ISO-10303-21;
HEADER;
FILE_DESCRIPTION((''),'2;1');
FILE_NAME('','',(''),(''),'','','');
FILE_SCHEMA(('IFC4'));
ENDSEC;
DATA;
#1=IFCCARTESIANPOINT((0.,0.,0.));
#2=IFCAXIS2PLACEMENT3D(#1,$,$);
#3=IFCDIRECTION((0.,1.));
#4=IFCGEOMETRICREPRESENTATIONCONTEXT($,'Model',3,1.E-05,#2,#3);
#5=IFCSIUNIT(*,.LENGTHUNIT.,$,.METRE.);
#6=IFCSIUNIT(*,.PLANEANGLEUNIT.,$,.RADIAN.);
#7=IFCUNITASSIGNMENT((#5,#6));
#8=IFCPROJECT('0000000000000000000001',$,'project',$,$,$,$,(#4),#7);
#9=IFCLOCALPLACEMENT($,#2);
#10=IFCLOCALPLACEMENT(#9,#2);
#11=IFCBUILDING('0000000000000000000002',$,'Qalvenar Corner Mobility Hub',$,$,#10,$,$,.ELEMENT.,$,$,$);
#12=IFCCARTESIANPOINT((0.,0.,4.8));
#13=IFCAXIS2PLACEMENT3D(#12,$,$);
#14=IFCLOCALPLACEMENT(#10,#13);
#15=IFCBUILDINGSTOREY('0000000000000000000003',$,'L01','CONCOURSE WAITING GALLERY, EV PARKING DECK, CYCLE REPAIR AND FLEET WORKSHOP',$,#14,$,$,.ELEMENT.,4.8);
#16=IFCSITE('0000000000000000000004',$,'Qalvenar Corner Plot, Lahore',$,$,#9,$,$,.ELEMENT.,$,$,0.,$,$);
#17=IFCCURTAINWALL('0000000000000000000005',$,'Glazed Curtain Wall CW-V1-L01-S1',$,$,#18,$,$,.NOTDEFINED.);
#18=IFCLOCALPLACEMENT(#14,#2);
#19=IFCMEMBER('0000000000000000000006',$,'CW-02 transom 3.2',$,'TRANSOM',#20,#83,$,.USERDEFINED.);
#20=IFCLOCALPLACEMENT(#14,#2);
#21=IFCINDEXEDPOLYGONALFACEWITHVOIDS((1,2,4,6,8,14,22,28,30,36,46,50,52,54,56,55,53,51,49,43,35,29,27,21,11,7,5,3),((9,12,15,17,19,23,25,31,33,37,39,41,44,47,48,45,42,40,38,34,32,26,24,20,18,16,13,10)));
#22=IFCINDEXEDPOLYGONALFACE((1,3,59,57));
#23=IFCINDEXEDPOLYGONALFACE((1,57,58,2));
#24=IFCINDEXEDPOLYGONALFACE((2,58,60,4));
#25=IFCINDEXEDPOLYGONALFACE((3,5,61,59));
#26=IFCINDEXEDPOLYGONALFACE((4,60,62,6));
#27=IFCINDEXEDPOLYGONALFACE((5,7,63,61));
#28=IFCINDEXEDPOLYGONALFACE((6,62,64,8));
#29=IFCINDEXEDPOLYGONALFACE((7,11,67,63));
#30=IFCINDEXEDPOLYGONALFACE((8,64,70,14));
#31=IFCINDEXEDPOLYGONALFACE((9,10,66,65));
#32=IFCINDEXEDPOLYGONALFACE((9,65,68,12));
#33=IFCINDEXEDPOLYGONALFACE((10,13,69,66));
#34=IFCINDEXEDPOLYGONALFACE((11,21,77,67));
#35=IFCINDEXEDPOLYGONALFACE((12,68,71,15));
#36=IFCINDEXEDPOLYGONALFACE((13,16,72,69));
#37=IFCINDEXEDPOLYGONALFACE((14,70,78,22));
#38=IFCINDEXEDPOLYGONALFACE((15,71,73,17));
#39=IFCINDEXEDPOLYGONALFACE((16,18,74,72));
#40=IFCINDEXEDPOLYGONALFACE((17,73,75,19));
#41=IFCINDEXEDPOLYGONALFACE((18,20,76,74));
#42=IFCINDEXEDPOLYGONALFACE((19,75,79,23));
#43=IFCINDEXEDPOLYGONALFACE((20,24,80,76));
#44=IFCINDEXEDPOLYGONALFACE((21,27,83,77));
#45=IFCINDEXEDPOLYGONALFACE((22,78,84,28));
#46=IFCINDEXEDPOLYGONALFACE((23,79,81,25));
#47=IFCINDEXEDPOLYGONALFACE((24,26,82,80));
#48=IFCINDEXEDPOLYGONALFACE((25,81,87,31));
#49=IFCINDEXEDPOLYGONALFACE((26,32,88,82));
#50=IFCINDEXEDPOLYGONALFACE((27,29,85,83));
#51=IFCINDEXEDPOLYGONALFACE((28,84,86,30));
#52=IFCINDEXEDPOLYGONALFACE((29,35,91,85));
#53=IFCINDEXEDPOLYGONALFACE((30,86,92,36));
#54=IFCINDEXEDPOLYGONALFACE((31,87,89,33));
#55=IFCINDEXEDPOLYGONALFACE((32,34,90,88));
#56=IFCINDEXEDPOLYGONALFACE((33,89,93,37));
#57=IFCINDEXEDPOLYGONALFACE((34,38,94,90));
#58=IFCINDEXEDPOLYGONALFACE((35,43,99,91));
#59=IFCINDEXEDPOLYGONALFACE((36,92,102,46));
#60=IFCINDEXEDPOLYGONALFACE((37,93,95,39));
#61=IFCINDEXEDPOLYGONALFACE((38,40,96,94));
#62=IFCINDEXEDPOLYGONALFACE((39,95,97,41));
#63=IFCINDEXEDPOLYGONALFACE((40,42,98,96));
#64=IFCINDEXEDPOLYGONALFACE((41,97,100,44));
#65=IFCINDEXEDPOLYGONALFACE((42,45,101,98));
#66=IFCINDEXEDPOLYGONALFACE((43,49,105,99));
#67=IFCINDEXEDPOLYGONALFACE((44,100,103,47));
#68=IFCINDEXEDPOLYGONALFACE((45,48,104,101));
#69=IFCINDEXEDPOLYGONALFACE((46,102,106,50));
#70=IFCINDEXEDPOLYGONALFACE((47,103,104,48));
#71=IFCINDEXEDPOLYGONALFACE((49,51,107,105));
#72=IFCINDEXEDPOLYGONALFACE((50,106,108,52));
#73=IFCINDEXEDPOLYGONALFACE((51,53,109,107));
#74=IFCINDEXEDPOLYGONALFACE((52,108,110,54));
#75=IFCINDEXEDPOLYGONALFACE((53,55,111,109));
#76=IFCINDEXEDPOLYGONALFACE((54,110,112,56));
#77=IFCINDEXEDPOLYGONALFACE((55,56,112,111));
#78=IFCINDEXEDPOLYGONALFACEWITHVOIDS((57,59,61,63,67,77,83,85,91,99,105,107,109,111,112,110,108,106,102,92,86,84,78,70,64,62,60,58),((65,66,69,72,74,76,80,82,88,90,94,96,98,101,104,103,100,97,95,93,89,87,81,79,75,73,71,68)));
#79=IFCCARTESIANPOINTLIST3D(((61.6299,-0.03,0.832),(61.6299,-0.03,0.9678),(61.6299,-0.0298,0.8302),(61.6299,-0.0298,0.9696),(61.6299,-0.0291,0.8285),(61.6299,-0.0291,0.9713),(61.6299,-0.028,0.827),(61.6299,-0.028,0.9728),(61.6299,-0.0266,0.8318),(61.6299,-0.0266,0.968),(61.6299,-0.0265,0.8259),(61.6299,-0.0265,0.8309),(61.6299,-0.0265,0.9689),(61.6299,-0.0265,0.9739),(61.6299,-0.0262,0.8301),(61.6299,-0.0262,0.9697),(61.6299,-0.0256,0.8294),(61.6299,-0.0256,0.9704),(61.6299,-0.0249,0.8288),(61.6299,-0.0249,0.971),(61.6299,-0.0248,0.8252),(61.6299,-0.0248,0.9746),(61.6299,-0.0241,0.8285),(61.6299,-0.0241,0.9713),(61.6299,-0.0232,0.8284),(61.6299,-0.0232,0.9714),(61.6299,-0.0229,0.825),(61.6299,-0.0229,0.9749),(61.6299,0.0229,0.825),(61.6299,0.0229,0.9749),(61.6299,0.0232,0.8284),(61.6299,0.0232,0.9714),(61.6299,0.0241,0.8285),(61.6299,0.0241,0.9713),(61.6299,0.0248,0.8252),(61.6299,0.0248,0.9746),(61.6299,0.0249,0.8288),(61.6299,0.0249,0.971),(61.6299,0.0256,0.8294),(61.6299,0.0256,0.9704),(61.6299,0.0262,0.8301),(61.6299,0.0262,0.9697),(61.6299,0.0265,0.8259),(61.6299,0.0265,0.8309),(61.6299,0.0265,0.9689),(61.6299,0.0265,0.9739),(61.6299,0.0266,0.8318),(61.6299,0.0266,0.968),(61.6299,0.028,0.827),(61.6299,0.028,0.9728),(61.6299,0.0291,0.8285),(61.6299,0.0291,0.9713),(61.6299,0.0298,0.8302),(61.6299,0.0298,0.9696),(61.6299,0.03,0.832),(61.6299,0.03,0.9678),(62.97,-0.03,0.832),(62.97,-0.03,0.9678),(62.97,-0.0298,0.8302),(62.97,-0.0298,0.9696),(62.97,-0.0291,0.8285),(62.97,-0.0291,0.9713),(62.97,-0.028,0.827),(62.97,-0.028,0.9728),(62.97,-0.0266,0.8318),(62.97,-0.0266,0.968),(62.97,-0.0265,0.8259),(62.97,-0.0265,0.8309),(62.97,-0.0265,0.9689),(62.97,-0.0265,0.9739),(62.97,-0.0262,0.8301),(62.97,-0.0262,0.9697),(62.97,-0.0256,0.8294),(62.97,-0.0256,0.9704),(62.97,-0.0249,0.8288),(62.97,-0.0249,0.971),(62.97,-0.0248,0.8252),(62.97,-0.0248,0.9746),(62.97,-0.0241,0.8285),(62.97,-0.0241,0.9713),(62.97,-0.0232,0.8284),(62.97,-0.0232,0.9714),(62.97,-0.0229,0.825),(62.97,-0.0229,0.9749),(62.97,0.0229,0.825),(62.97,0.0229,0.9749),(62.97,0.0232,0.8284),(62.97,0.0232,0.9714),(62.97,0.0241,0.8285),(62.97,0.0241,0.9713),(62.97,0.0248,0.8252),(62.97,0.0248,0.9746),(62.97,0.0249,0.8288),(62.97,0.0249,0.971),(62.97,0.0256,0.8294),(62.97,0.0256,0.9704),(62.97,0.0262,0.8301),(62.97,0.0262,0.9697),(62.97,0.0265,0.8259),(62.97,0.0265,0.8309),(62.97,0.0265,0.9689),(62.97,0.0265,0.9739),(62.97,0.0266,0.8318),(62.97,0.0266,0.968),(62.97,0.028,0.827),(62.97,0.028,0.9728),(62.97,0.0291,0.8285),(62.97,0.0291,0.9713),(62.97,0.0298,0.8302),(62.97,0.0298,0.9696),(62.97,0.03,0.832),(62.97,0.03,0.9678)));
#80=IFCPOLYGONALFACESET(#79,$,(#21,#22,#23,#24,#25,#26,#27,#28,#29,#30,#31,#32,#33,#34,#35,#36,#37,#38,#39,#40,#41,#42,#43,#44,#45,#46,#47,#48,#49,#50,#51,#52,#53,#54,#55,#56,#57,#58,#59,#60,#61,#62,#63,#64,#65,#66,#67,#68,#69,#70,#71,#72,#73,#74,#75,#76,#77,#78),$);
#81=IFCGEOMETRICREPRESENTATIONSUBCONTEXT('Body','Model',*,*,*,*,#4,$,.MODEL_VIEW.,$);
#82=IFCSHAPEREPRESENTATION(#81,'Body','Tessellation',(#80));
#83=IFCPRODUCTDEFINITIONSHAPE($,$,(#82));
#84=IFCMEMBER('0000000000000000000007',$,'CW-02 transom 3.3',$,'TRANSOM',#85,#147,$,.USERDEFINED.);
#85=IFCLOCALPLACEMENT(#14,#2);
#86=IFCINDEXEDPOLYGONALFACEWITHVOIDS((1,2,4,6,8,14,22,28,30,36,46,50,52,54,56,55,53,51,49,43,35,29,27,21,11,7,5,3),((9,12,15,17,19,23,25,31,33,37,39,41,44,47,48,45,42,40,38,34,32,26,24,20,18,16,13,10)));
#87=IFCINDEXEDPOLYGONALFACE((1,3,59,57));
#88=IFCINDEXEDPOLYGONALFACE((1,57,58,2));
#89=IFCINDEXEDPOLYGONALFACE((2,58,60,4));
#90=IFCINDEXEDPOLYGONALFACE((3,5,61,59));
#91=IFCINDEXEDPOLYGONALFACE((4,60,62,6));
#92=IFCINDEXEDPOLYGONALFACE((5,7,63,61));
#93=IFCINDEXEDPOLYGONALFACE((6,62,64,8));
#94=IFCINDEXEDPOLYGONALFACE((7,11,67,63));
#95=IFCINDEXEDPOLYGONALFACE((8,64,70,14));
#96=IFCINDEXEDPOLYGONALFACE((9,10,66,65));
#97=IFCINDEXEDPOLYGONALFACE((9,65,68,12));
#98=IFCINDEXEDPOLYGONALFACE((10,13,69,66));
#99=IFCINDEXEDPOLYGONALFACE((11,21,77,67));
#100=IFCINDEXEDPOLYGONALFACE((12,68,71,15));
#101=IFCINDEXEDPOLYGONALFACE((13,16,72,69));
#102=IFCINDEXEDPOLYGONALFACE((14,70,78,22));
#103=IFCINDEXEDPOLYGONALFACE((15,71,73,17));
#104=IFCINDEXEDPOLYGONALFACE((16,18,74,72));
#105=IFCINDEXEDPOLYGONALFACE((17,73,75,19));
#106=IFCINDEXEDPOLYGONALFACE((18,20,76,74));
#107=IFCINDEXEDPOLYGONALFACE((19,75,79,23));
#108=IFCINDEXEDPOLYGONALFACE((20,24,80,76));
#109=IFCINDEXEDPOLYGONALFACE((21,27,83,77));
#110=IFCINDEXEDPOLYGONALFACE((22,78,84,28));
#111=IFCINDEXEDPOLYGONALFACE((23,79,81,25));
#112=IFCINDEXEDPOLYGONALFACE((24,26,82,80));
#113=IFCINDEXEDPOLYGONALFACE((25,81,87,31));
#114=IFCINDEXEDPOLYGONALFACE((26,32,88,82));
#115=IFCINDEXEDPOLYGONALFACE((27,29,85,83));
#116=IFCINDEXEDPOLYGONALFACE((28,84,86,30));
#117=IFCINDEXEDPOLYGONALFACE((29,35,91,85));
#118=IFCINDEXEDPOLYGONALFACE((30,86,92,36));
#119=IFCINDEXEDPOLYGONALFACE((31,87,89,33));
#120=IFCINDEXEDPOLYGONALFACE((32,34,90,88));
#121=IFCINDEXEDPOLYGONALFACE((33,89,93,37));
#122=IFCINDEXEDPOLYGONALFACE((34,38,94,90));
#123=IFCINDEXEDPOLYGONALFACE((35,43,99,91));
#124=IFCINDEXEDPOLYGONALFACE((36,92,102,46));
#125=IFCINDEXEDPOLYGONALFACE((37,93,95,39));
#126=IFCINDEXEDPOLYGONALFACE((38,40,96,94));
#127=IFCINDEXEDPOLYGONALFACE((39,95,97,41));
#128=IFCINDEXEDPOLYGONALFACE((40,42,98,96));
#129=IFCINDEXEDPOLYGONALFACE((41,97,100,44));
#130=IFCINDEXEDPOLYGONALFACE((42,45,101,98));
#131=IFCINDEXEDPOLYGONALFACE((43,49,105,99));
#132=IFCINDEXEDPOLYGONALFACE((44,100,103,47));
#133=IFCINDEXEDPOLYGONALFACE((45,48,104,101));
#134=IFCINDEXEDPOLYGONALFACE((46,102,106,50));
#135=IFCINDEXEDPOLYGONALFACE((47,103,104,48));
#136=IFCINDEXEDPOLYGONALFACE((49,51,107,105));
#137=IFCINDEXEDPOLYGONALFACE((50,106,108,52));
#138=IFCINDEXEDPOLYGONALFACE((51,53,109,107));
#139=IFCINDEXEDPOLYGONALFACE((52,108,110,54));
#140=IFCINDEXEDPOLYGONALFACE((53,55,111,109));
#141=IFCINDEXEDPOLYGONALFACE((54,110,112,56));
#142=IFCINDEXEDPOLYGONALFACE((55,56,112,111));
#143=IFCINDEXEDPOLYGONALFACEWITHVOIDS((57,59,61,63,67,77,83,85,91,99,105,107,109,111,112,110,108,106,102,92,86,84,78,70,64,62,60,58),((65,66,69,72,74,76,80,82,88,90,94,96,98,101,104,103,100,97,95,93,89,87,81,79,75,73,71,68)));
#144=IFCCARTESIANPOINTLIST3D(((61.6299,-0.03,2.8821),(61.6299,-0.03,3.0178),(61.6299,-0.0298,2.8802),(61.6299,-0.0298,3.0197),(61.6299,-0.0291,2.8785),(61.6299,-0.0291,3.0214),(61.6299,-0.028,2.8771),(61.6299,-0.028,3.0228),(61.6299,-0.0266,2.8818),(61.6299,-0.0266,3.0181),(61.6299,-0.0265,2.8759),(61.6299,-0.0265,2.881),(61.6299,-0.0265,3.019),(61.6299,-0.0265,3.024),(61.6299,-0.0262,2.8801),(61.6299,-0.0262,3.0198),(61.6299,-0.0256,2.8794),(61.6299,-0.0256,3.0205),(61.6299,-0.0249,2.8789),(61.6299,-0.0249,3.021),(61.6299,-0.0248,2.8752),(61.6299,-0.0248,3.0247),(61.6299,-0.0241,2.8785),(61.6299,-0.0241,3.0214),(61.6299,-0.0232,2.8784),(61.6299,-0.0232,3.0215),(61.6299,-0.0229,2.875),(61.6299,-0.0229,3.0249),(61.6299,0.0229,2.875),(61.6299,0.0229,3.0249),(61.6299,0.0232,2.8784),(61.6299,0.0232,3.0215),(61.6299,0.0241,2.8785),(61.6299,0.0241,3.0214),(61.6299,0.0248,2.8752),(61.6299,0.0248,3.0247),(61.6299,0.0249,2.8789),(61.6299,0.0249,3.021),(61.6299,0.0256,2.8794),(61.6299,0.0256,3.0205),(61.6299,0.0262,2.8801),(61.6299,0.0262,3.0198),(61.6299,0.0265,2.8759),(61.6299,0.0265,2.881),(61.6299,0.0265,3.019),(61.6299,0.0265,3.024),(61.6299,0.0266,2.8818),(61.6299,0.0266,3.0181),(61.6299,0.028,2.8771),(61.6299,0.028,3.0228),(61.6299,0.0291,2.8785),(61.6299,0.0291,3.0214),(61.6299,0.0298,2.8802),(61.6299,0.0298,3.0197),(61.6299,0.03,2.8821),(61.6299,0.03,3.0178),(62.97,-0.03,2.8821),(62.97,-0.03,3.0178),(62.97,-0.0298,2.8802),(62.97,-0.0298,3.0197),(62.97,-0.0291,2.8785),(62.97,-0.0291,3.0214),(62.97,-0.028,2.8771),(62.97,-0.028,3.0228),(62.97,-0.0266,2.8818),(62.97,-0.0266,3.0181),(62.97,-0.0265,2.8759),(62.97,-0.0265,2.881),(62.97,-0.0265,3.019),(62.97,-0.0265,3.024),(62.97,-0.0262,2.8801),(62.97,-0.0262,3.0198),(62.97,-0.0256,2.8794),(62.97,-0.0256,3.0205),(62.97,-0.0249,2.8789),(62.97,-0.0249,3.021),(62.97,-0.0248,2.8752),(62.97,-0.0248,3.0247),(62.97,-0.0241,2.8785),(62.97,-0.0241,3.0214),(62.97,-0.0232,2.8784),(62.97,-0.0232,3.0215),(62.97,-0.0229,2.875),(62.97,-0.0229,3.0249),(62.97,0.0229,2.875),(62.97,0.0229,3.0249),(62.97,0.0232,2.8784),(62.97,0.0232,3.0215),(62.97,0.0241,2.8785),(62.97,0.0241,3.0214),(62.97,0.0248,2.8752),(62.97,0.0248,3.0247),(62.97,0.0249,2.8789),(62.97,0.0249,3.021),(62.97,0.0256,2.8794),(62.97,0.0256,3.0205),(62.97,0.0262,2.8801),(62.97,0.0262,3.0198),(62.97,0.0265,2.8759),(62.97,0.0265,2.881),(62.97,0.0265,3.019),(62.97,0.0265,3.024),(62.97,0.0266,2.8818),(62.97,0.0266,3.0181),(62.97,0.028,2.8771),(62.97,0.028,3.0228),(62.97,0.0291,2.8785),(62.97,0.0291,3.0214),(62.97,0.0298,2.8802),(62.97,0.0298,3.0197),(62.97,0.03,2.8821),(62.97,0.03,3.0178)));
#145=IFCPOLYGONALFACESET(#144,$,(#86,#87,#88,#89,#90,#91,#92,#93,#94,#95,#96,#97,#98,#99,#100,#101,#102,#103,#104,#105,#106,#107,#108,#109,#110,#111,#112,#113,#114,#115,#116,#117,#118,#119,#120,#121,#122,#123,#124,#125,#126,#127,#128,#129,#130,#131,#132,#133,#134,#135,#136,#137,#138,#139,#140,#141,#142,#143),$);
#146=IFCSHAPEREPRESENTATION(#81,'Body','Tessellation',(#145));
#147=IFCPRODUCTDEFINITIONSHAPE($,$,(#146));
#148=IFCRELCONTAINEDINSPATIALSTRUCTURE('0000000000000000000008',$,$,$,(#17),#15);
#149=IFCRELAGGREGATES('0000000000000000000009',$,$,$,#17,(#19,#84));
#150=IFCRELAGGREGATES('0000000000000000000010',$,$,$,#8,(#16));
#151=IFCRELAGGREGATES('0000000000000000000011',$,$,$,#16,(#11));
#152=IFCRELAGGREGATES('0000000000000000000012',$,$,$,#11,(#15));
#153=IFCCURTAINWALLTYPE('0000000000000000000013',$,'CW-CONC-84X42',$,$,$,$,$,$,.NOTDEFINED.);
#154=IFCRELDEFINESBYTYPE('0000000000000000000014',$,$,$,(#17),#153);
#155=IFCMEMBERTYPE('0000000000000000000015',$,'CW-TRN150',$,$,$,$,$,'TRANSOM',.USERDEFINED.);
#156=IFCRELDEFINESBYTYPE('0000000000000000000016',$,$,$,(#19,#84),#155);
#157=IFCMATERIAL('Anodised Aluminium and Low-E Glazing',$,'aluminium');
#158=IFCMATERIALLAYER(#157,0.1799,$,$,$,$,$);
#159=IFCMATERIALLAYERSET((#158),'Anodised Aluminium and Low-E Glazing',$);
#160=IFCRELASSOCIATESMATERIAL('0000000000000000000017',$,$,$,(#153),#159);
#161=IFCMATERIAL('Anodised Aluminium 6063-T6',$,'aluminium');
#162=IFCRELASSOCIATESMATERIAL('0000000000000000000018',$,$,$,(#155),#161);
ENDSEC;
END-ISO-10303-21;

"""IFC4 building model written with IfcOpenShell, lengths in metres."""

from ifc_helpers import new_model, si_unit, direction, frame, origin, origin_2d, place, context, subcontext, project, spatial, hollow_rectangle, extrude, material, layer, layer_set, material_profile, profile_set, type_object, element, aggregate, save


model = new_model("IFC4")

# Units and contexts
model_context = context("Model", 3, precision=1e-05, world=origin(), true_north=direction((0.0, 1.0)))
body_context = subcontext(model_context, "Body", "Model", "MODEL_VIEW")
ifc_project = project(units=[si_unit("LENGTHUNIT", "METRE"), si_unit("PLANEANGLEUNIT", "RADIAN")], contexts=[model_context])

# Site, building, storey
site_placement = place(None, origin())
site = spatial("IfcSite", under=ifc_project, at=site_placement, Name="Qalvenar Corner Plot, Lahore", CompositionType="ELEMENT", RefElevation=0.0)
building_placement = place(site_placement, origin())
building = spatial("IfcBuilding", under=site, at=building_placement, Name="Qalvenar Corner Mobility Hub", CompositionType="ELEMENT")
storey_placement = place(building_placement, frame((0.0, 0.0, 4.8)))
storey = spatial("IfcBuildingStorey", under=building, at=storey_placement, Name="L01", Description="CONCOURSE WAITING GALLERY, EV PARKING DECK, CYCLE REPAIR AND FLEET WORKSHOP", CompositionType="ELEMENT", Elevation=4.8)

# Curtain wall, members
ifc_material_1 = material(Name="Anodised Aluminium and Low-E Glazing", Category="aluminium")
ifc_layer_1 = layer(ifc_material_1, 0.1799)
ifc_layer_set_1 = layer_set([ifc_layer_1], Name="Anodised Aluminium and Low-E Glazing")
curtain_wall_type = type_object("IfcCurtainWallType", Name="CW-CONC-84X42", PredefinedType="NOTDEFINED", material=ifc_layer_set_1)
curtain_wall_placement = place(storey_placement, origin())
curtain_wall = element("IfcCurtainWall", 1, at=curtain_wall_placement, inside=storey, type_object=curtain_wall_type, Name="Glazed Curtain Wall CW-V1-L01-S1", PredefinedType="NOTDEFINED")
ifc_material_2 = material(Name="Anodised Aluminium 6063-T6", Category="aluminium")
ifc_material_profile_1 = material_profile(ifc_material_2, hollow_rectangle(XDim=0.0601, YDim=0.1499, WallThickness=0.0034, InnerFilletRadius=0.0034, OuterFilletRadius=0.0071, at=origin_2d()), Name="RHS150x60x3.5")
ifc_profile_set_1 = profile_set([ifc_material_profile_1], Name="Anodised Aluminium 6063-T6")
member_type_1 = type_object("IfcMemberType", Name="CW-TRN150", ElementType="TRANSOM", PredefinedType="USERDEFINED", material=ifc_profile_set_1)
member_1_placement = place(storey_placement, frame((61.6299, 0.0, 0.8999), z_axis=(1.0, 0.0, 0.0), x_axis=(0.0, 1.0, 0.0)))
member_1 = element("IfcMember", 2, at=member_1_placement, type_object=member_type_1, Name="CW-02 transom 3.2", ObjectType="TRANSOM", PredefinedType="USERDEFINED", context=body_context, shape_type="SweptSolid", body=[
    extrude(hollow_rectangle(XDim=0.0601, YDim=0.1499, WallThickness=0.0034, InnerFilletRadius=0.0034, OuterFilletRadius=0.0071, at=origin_2d()), origin(), (0.0, 0.0, 1.0), 1.3401),
])
member_2_placement = place(storey_placement, frame((61.6299, 0.0, 2.95), z_axis=(1.0, 0.0, 0.0), x_axis=(0.0, 1.0, 0.0)))
member_2 = element("IfcMember", 3, at=member_2_placement, type_object=member_type_1, Name="CW-02 transom 3.3", ObjectType="TRANSOM", PredefinedType="USERDEFINED", context=body_context, shape_type="SweptSolid", body=[
    extrude(hollow_rectangle(XDim=0.0601, YDim=0.1499, WallThickness=0.0034, InnerFilletRadius=0.0034, OuterFilletRadius=0.0071, at=origin_2d()), origin(), (0.0, 0.0, 1.0), 1.3401),
])
aggregate(curtain_wall, [member_1, member_2])

save(model, "model.ifc")
